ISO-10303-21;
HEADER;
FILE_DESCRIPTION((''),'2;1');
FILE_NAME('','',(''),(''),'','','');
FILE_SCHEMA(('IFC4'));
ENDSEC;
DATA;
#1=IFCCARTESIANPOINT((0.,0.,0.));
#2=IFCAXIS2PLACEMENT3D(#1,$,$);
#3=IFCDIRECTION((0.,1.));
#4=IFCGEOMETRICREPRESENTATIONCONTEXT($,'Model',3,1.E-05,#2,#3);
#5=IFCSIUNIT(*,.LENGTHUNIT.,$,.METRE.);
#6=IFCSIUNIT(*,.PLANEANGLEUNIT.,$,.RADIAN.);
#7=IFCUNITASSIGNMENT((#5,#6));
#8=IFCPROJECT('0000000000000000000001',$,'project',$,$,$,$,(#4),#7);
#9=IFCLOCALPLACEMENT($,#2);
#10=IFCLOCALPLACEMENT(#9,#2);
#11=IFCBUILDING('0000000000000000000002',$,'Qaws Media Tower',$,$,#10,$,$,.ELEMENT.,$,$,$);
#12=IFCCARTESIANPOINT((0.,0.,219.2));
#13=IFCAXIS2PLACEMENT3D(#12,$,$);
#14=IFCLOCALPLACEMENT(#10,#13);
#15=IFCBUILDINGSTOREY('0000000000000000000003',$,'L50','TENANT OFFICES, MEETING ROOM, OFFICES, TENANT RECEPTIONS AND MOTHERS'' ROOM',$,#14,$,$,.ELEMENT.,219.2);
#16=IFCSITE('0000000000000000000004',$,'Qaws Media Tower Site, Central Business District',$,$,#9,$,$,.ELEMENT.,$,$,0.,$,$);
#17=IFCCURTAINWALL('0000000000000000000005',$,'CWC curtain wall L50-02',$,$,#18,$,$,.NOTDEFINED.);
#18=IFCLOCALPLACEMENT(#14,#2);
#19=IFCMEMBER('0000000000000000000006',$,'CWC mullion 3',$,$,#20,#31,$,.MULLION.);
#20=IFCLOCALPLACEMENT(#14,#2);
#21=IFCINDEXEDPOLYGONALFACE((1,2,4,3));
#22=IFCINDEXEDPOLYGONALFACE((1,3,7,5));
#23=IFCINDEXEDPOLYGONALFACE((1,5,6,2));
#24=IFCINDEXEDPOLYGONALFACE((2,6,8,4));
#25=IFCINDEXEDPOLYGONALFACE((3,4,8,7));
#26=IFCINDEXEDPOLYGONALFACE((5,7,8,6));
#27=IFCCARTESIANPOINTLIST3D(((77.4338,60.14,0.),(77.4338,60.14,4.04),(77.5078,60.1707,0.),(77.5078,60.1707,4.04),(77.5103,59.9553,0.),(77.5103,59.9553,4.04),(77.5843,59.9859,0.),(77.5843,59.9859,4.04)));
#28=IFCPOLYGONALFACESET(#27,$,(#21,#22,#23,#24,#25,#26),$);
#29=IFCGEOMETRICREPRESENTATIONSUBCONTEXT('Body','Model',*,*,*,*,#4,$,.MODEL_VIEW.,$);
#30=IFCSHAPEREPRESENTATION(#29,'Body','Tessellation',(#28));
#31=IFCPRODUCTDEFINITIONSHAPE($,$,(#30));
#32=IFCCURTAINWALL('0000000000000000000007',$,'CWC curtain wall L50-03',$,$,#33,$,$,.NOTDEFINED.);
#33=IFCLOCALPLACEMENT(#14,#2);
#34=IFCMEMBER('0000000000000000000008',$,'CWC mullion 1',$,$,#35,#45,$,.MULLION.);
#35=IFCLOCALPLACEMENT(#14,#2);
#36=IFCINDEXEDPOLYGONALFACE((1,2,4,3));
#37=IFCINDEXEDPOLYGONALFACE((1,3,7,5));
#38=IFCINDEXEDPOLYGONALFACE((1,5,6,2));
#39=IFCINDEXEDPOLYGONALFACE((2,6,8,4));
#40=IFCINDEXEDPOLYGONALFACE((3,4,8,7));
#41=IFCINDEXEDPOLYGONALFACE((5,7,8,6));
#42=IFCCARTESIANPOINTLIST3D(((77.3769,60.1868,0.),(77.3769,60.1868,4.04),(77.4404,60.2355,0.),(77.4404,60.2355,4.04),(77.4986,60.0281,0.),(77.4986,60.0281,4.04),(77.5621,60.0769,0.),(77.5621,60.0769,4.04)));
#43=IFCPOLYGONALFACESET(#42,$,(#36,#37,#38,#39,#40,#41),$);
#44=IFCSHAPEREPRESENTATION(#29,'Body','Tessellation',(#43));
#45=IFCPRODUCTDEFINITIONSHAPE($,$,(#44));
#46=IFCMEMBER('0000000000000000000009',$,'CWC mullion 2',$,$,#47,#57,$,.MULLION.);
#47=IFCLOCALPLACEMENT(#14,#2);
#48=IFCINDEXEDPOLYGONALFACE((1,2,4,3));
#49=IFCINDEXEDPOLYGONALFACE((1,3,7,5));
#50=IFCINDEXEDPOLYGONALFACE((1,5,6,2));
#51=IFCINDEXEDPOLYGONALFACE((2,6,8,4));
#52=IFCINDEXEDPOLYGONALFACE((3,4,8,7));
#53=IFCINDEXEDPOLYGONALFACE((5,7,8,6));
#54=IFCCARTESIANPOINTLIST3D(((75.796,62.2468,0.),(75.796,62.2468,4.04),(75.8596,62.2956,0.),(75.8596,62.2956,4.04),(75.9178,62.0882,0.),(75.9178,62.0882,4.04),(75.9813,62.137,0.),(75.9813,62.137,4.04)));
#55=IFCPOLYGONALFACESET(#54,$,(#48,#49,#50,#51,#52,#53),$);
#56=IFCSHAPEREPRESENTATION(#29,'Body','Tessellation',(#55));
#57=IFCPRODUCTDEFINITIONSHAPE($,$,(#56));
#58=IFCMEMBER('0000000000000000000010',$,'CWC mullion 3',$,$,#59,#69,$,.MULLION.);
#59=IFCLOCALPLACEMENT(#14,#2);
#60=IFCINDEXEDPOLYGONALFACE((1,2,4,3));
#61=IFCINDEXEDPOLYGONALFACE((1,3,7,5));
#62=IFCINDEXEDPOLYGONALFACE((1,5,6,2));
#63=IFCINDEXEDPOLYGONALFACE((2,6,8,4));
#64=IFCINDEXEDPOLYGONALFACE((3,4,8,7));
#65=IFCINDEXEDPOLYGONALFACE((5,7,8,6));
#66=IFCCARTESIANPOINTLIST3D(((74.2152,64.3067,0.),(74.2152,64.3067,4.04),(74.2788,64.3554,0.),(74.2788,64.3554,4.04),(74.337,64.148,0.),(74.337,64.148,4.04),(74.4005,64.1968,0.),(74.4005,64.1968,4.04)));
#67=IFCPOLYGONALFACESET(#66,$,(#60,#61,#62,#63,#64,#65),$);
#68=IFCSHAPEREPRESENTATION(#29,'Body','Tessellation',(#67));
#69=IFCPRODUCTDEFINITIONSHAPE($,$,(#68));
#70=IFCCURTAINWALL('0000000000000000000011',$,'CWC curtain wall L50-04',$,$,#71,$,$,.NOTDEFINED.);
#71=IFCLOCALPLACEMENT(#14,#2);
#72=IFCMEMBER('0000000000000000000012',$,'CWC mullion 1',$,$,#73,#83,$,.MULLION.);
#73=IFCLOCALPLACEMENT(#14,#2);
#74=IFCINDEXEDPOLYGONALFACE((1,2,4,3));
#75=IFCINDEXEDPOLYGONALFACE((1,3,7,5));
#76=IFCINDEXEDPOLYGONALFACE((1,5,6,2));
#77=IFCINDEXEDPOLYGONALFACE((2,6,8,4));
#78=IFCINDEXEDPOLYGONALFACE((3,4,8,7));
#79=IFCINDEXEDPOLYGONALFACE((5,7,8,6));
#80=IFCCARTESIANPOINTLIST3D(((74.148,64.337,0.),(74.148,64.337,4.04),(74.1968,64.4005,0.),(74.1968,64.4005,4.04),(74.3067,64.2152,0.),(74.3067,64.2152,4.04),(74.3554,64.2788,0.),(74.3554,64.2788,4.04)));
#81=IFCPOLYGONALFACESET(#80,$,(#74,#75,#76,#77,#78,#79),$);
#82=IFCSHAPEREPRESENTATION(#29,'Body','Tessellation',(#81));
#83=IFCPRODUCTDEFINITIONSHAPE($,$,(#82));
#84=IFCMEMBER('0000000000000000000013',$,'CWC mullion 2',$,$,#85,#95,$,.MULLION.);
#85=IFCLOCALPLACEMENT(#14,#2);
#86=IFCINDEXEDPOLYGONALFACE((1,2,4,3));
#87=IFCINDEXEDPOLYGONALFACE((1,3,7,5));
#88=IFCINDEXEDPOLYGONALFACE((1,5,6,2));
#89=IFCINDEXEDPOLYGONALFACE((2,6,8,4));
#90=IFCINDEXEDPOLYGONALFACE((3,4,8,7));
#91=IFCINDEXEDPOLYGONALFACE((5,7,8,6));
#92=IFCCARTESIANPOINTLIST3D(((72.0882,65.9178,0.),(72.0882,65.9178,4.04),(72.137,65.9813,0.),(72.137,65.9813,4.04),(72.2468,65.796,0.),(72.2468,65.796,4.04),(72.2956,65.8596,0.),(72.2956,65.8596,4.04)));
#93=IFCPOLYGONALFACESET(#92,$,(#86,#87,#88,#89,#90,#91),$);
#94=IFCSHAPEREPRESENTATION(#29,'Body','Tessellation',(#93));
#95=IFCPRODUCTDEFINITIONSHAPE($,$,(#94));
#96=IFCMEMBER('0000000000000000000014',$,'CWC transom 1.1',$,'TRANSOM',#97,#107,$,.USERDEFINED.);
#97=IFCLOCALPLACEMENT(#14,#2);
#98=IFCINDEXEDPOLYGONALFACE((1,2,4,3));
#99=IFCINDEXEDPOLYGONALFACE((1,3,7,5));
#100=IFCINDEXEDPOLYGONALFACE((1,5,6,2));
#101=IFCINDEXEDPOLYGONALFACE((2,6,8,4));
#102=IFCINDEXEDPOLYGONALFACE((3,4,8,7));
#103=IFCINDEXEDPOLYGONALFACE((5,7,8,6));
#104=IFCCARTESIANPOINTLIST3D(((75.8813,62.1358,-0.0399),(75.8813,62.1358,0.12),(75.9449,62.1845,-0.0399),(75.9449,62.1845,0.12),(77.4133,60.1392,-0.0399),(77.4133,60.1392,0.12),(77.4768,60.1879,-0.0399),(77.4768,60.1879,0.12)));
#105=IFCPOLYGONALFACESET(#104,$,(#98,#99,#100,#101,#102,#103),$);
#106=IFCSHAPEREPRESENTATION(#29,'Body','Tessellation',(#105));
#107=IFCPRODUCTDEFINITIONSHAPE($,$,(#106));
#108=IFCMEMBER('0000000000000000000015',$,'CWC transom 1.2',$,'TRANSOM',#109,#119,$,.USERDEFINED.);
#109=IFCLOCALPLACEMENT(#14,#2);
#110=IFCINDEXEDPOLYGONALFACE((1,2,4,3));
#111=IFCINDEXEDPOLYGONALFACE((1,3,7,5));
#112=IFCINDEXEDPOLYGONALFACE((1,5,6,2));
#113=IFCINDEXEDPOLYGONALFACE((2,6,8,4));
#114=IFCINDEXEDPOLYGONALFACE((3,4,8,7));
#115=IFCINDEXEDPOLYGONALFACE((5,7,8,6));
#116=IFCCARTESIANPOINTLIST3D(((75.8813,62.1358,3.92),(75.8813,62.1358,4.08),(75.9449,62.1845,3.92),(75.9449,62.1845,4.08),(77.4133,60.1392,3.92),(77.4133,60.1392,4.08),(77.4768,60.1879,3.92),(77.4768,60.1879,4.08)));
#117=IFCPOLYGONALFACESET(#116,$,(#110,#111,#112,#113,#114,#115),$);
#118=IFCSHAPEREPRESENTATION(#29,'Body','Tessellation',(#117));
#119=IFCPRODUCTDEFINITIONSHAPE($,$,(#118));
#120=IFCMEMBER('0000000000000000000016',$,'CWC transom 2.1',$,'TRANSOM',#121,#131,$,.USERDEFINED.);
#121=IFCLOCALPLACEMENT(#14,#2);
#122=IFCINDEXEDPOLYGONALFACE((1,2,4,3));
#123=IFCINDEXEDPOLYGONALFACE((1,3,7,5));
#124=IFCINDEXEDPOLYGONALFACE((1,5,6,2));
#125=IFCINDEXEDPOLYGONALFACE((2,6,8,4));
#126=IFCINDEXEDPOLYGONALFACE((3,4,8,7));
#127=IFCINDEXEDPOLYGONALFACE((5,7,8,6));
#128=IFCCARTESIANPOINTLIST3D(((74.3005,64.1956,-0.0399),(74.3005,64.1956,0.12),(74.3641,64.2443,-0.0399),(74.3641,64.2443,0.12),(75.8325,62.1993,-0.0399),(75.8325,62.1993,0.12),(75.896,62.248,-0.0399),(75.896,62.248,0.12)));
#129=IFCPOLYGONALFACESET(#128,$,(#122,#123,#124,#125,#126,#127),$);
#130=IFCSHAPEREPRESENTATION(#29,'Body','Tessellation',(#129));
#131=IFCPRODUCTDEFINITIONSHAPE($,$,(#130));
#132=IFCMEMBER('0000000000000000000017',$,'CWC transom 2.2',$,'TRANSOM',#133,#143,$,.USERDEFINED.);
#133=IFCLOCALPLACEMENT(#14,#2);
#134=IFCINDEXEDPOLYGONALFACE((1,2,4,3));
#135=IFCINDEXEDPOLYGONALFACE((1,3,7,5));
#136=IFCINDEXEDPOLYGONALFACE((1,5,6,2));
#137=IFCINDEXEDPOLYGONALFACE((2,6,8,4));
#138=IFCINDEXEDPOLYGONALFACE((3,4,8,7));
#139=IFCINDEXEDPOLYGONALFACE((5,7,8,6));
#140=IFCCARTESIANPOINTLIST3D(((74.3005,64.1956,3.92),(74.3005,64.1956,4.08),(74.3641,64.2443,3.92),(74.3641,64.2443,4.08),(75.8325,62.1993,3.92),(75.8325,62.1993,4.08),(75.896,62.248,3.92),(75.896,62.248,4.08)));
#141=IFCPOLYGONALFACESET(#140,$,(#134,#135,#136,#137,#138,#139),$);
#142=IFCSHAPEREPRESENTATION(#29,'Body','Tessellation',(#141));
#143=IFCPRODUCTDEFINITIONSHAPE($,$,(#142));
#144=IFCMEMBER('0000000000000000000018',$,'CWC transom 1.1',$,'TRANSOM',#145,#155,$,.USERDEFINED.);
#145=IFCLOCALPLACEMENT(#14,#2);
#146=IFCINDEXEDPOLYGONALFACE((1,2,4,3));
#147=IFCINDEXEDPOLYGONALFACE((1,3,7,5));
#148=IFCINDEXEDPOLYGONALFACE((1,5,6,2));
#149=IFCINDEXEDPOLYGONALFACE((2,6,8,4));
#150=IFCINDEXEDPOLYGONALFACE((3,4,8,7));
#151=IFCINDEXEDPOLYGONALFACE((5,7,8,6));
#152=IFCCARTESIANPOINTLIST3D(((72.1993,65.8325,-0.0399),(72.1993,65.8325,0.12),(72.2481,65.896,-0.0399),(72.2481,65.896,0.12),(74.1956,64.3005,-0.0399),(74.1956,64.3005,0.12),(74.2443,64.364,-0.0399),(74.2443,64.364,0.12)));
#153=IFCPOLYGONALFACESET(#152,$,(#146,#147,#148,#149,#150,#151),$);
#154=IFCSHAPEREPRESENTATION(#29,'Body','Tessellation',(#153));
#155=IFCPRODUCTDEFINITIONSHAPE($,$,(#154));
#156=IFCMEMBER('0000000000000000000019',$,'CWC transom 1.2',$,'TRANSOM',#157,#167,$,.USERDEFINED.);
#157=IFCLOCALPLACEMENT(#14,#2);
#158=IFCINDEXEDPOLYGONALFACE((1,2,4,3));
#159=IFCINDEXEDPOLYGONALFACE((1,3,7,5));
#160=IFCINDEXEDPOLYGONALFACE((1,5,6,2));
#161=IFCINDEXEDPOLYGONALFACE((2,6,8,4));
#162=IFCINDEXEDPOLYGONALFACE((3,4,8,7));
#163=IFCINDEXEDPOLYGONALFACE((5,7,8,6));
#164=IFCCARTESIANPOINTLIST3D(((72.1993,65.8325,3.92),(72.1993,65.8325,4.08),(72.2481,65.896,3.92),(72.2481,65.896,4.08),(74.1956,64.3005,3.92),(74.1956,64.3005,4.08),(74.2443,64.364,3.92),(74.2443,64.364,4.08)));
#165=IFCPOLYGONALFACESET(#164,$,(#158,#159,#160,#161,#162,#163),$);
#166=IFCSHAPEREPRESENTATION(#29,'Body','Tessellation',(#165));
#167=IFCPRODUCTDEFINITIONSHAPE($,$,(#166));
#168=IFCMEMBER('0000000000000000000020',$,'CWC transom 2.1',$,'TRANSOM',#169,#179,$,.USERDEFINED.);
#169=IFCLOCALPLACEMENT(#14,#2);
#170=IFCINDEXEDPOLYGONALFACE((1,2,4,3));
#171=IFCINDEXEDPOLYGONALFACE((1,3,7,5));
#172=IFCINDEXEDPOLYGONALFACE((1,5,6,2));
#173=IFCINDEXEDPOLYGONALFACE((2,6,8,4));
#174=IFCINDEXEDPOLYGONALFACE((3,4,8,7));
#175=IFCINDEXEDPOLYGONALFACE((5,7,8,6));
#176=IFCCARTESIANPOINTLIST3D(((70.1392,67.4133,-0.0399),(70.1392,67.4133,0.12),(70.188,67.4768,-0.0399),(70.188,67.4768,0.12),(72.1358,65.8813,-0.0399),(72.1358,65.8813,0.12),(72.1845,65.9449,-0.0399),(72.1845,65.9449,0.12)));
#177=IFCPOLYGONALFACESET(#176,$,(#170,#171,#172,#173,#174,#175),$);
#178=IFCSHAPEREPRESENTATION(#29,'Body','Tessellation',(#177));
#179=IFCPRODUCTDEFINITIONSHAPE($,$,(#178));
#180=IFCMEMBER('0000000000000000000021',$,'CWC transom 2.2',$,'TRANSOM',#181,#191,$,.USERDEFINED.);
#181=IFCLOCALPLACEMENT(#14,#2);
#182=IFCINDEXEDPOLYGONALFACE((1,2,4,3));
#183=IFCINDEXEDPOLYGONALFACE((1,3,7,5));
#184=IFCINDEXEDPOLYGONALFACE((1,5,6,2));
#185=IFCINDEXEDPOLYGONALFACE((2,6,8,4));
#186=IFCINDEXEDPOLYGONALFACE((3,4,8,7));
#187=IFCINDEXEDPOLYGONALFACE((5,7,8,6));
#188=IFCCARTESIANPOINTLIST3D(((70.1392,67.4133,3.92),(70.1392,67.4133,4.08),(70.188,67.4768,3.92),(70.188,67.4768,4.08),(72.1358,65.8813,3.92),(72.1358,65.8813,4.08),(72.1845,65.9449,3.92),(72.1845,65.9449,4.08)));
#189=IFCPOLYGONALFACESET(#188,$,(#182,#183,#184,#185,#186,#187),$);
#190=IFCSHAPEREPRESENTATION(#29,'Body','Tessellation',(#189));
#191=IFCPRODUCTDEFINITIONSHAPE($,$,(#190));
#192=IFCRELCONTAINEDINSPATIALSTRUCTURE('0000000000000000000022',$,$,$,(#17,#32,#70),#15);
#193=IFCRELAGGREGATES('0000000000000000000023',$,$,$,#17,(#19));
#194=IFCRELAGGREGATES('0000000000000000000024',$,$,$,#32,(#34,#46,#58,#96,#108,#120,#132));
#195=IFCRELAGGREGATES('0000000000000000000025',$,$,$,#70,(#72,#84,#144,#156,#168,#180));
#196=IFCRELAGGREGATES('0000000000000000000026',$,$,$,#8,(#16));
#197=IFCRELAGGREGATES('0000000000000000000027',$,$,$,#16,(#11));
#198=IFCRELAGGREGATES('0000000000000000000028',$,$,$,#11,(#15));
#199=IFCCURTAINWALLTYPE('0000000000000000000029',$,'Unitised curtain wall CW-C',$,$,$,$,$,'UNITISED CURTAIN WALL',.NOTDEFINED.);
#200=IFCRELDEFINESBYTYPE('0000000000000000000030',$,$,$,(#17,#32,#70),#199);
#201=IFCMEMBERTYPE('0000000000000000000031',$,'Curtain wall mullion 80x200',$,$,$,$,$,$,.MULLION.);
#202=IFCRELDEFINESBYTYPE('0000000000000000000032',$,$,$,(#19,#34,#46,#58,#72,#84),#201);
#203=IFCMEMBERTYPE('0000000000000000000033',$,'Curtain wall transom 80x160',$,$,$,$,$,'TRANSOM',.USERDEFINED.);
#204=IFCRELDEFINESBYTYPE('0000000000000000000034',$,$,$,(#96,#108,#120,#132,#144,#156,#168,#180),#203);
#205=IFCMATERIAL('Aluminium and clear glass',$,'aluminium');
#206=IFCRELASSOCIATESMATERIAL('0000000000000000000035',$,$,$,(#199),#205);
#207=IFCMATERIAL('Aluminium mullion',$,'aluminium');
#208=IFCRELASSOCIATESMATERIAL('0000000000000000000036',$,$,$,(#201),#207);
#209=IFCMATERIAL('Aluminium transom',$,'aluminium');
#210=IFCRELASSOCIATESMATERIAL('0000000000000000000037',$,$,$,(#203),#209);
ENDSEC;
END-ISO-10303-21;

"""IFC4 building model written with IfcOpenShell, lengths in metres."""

from ifc_helpers import new_model, si_unit, direction, frame, origin, origin_2d, place, context, subcontext, project, spatial, rectangle, extrude, material, material_profile, profile_set, type_object, element, aggregate, save


model = new_model("IFC4")

# Units and contexts
model_context = context("Model", 3, precision=1e-05, world=origin(), true_north=direction((0.0, 1.0)))
body_context = subcontext(model_context, "Body", "Model", "MODEL_VIEW")
ifc_project = project(units=[si_unit("LENGTHUNIT", "METRE"), si_unit("PLANEANGLEUNIT", "RADIAN")], contexts=[model_context])

# Site, building, storey
site_placement = place(None, origin())
site = spatial("IfcSite", under=ifc_project, at=site_placement, Name="Qaws Media Tower Site, Central Business District", CompositionType="ELEMENT", RefElevation=0.0)
building_placement = place(site_placement, origin())
building = spatial("IfcBuilding", under=site, at=building_placement, Name="Qaws Media Tower", CompositionType="ELEMENT")
storey_placement = place(building_placement, frame((0.0, 0.0, 219.2)))
storey = spatial("IfcBuildingStorey", under=building, at=storey_placement, Name="L50", Description="TENANT OFFICES, MEETING ROOM, OFFICES, TENANT RECEPTIONS AND MOTHERS' ROOM", CompositionType="ELEMENT", Elevation=219.2)

# Curtain wall, member
ifc_material_1 = material(Name="Aluminium and clear glass", Category="aluminium")
curtain_wall_type = type_object("IfcCurtainWallType", Name="Unitised curtain wall CW-C", ElementType="UNITISED CURTAIN WALL", PredefinedType="NOTDEFINED", material=ifc_material_1)
curtain_wall_1_placement = place(storey_placement, origin())
curtain_wall_1 = element("IfcCurtainWall", 1, at=curtain_wall_1_placement, inside=storey, type_object=curtain_wall_type, Name="CWC curtain wall L50-02", PredefinedType="NOTDEFINED")
ifc_material_2 = material(Name="Aluminium mullion", Category="aluminium")
ifc_material_profile_1 = material_profile(ifc_material_2, rectangle(XDim=0.0801, YDim=0.2, at=origin_2d()), Name="80x200")
ifc_profile_set_1 = profile_set([ifc_material_profile_1], Name="Aluminium mullion")
member_type_1 = type_object("IfcMemberType", Name="Curtain wall mullion 80x200", PredefinedType="MULLION", material=ifc_profile_set_1)
member_1_placement = place(storey_placement, frame((77.509, 60.063, 0.0), z_axis=(0.0, 0.0, 1.0), x_axis=(-0.923879, -0.382684, 0.0)))
member_1 = element("IfcMember", 2, at=member_1_placement, type_object=member_type_1, Name="CWC mullion 3", PredefinedType="MULLION", context=body_context, shape_type="SweptSolid", body=[
    extrude(rectangle(XDim=0.0801, YDim=0.2, at=origin_2d()), origin(), (0.0, 0.0, 1.0), 4.04),
])

# Curtain walls, members
curtain_wall_2_placement = place(storey_placement, origin())
curtain_wall_2 = element("IfcCurtainWall", 3, at=curtain_wall_2_placement, inside=storey, type_object=curtain_wall_type, Name="CWC curtain wall L50-03", PredefinedType="NOTDEFINED")
member_2_placement = place(storey_placement, frame((77.4695, 60.1318, 0.0), z_axis=(0.0, 0.0, 1.0), x_axis=(-0.793353, -0.608761, 0.0)))
member_2 = element("IfcMember", 4, at=member_2_placement, type_object=member_type_1, Name="CWC mullion 1", PredefinedType="MULLION", context=body_context, shape_type="SweptSolid", body=[
    extrude(rectangle(XDim=0.0801, YDim=0.2, at=origin_2d()), origin(), (0.0, 0.0, 1.0), 4.04),
])
member_3_placement = place(storey_placement, frame((75.8887, 62.1919, 0.0), z_axis=(0.0, 0.0, 1.0), x_axis=(-0.793353, -0.608761, 0.0)))
member_3 = element("IfcMember", 5, at=member_3_placement, type_object=member_type_1, Name="CWC mullion 2", PredefinedType="MULLION", context=body_context, shape_type="SweptSolid", body=[
    extrude(rectangle(XDim=0.0801, YDim=0.2, at=origin_2d()), origin(), (0.0, 0.0, 1.0), 4.04),
])
member_4_placement = place(storey_placement, frame((74.3079, 64.2517, 0.0), z_axis=(0.0, 0.0, 1.0), x_axis=(-0.793353, -0.608761, 0.0)))
member_4 = element("IfcMember", 6, at=member_4_placement, type_object=member_type_1, Name="CWC mullion 3", PredefinedType="MULLION", context=body_context, shape_type="SweptSolid", body=[
    extrude(rectangle(XDim=0.0801, YDim=0.2, at=origin_2d()), origin(), (0.0, 0.0, 1.0), 4.04),
])
curtain_wall_3_placement = place(storey_placement, origin())
curtain_wall_3 = element("IfcCurtainWall", 7, at=curtain_wall_3_placement, inside=storey, type_object=curtain_wall_type, Name="CWC curtain wall L50-04", PredefinedType="NOTDEFINED")
member_5_placement = place(storey_placement, frame((74.2517, 64.3079, 0.0), z_axis=(0.0, 0.0, 1.0), x_axis=(-0.608761, -0.793353, 0.0)))
member_5 = element("IfcMember", 8, at=member_5_placement, type_object=member_type_1, Name="CWC mullion 1", PredefinedType="MULLION", context=body_context, shape_type="SweptSolid", body=[
    extrude(rectangle(XDim=0.0801, YDim=0.2, at=origin_2d()), origin(), (0.0, 0.0, 1.0), 4.04),
])
member_6_placement = place(storey_placement, frame((72.1919, 65.8887, 0.0), z_axis=(0.0, 0.0, 1.0), x_axis=(-0.608761, -0.793353, 0.0)))
member_6 = element("IfcMember", 9, at=member_6_placement, type_object=member_type_1, Name="CWC mullion 2", PredefinedType="MULLION", context=body_context, shape_type="SweptSolid", body=[
    extrude(rectangle(XDim=0.0801, YDim=0.2, at=origin_2d()), origin(), (0.0, 0.0, 1.0), 4.04),
])

# Members
ifc_material_3 = material(Name="Aluminium transom", Category="aluminium")
ifc_material_profile_2 = material_profile(ifc_material_3, rectangle(XDim=0.0801, YDim=0.1599, at=origin_2d()), Name="80x160")
ifc_profile_set_2 = profile_set([ifc_material_profile_2], Name="Aluminium transom")
member_type_2 = type_object("IfcMemberType", Name="Curtain wall transom 80x160", ElementType="TRANSOM", PredefinedType="USERDEFINED", material=ifc_profile_set_2)
member_7_placement = place(storey_placement, frame((77.4451, 60.1636, 0.04), z_axis=(-0.608749, 0.793363, 0.0), x_axis=(-0.793363, -0.608749, 0.0)))
member_7 = element("IfcMember", 10, at=member_7_placement, type_object=member_type_2, Name="CWC transom 1.1", ObjectType="TRANSOM", PredefinedType="USERDEFINED", context=body_context, shape_type="SweptSolid", body=[
    extrude(rectangle(XDim=0.0801, YDim=0.1599, at=origin_2d()), origin(), (0.0, 0.0, 1.0), 2.5166),
])
member_8_placement = place(storey_placement, frame((77.4451, 60.1636, 4.0), z_axis=(-0.608749, 0.793363, 0.0), x_axis=(-0.793363, -0.608749, 0.0)))
member_8 = element("IfcMember", 11, at=member_8_placement, type_object=member_type_2, Name="CWC transom 1.2", ObjectType="TRANSOM", PredefinedType="USERDEFINED", context=body_context, shape_type="SweptSolid", body=[
    extrude(rectangle(XDim=0.0801, YDim=0.1599, at=origin_2d()), origin(), (0.0, 0.0, 1.0), 2.5166),
])
member_9_placement = place(storey_placement, frame((75.8643, 62.2236, 0.04), z_axis=(-0.608796, 0.793327, 0.0), x_axis=(-0.793327, -0.608796, 0.0)))
member_9 = element("IfcMember", 12, at=member_9_placement, type_object=member_type_2, Name="CWC transom 2.1", ObjectType="TRANSOM", PredefinedType="USERDEFINED", context=body_context, shape_type="SweptSolid", body=[
    extrude(rectangle(XDim=0.0801, YDim=0.1599, at=origin_2d()), origin(), (0.0, 0.0, 1.0), 2.5164),
])
member_10_placement = place(storey_placement, frame((75.8643, 62.2236, 4.0), z_axis=(-0.608796, 0.793327, 0.0), x_axis=(-0.793327, -0.608796, 0.0)))
member_10 = element("IfcMember", 13, at=member_10_placement, type_object=member_type_2, Name="CWC transom 2.2", ObjectType="TRANSOM", PredefinedType="USERDEFINED", context=body_context, shape_type="SweptSolid", body=[
    extrude(rectangle(XDim=0.0801, YDim=0.1599, at=origin_2d()), origin(), (0.0, 0.0, 1.0), 2.5164),
])
member_11_placement = place(storey_placement, frame((74.22, 64.3323, 0.04), z_axis=(-0.793327, 0.608796, 0.0), x_axis=(-0.608796, -0.793327, 0.0)))
member_11 = element("IfcMember", 14, at=member_11_placement, type_object=member_type_2, Name="CWC transom 1.1", ObjectType="TRANSOM", PredefinedType="USERDEFINED", context=body_context, shape_type="SweptSolid", body=[
    extrude(rectangle(XDim=0.0801, YDim=0.1599, at=origin_2d()), origin(), (0.0, 0.0, 1.0), 2.5164),
])
member_12_placement = place(storey_placement, frame((74.22, 64.3323, 4.0), z_axis=(-0.793327, 0.608796, 0.0), x_axis=(-0.608796, -0.793327, 0.0)))
member_12 = element("IfcMember", 15, at=member_12_placement, type_object=member_type_2, Name="CWC transom 1.2", ObjectType="TRANSOM", PredefinedType="USERDEFINED", context=body_context, shape_type="SweptSolid", body=[
    extrude(rectangle(XDim=0.0801, YDim=0.1599, at=origin_2d()), origin(), (0.0, 0.0, 1.0), 2.5164),
])
member_13_placement = place(storey_placement, frame((72.1602, 65.9131, 0.04), z_axis=(-0.793363, 0.608749, 0.0), x_axis=(-0.608749, -0.793363, 0.0)))
member_13 = element("IfcMember", 16, at=member_13_placement, type_object=member_type_2, Name="CWC transom 2.1", ObjectType="TRANSOM", PredefinedType="USERDEFINED", context=body_context, shape_type="SweptSolid", body=[
    extrude(rectangle(XDim=0.0801, YDim=0.1599, at=origin_2d()), origin(), (0.0, 0.0, 1.0), 2.5166),
])
member_14_placement = place(storey_placement, frame((72.1602, 65.9131, 4.0), z_axis=(-0.793363, 0.608749, 0.0), x_axis=(-0.608749, -0.793363, 0.0)))
member_14 = element("IfcMember", 17, at=member_14_placement, type_object=member_type_2, Name="CWC transom 2.2", ObjectType="TRANSOM", PredefinedType="USERDEFINED", context=body_context, shape_type="SweptSolid", body=[
    extrude(rectangle(XDim=0.0801, YDim=0.1599, at=origin_2d()), origin(), (0.0, 0.0, 1.0), 2.5166),
])

aggregate(curtain_wall_1, [member_1])
aggregate(curtain_wall_2, [member_2, member_3, member_4, member_7, member_8, member_9, member_10])
aggregate(curtain_wall_3, [member_5, member_6, member_11, member_12, member_13, member_14])

save(model, "model.ifc")
